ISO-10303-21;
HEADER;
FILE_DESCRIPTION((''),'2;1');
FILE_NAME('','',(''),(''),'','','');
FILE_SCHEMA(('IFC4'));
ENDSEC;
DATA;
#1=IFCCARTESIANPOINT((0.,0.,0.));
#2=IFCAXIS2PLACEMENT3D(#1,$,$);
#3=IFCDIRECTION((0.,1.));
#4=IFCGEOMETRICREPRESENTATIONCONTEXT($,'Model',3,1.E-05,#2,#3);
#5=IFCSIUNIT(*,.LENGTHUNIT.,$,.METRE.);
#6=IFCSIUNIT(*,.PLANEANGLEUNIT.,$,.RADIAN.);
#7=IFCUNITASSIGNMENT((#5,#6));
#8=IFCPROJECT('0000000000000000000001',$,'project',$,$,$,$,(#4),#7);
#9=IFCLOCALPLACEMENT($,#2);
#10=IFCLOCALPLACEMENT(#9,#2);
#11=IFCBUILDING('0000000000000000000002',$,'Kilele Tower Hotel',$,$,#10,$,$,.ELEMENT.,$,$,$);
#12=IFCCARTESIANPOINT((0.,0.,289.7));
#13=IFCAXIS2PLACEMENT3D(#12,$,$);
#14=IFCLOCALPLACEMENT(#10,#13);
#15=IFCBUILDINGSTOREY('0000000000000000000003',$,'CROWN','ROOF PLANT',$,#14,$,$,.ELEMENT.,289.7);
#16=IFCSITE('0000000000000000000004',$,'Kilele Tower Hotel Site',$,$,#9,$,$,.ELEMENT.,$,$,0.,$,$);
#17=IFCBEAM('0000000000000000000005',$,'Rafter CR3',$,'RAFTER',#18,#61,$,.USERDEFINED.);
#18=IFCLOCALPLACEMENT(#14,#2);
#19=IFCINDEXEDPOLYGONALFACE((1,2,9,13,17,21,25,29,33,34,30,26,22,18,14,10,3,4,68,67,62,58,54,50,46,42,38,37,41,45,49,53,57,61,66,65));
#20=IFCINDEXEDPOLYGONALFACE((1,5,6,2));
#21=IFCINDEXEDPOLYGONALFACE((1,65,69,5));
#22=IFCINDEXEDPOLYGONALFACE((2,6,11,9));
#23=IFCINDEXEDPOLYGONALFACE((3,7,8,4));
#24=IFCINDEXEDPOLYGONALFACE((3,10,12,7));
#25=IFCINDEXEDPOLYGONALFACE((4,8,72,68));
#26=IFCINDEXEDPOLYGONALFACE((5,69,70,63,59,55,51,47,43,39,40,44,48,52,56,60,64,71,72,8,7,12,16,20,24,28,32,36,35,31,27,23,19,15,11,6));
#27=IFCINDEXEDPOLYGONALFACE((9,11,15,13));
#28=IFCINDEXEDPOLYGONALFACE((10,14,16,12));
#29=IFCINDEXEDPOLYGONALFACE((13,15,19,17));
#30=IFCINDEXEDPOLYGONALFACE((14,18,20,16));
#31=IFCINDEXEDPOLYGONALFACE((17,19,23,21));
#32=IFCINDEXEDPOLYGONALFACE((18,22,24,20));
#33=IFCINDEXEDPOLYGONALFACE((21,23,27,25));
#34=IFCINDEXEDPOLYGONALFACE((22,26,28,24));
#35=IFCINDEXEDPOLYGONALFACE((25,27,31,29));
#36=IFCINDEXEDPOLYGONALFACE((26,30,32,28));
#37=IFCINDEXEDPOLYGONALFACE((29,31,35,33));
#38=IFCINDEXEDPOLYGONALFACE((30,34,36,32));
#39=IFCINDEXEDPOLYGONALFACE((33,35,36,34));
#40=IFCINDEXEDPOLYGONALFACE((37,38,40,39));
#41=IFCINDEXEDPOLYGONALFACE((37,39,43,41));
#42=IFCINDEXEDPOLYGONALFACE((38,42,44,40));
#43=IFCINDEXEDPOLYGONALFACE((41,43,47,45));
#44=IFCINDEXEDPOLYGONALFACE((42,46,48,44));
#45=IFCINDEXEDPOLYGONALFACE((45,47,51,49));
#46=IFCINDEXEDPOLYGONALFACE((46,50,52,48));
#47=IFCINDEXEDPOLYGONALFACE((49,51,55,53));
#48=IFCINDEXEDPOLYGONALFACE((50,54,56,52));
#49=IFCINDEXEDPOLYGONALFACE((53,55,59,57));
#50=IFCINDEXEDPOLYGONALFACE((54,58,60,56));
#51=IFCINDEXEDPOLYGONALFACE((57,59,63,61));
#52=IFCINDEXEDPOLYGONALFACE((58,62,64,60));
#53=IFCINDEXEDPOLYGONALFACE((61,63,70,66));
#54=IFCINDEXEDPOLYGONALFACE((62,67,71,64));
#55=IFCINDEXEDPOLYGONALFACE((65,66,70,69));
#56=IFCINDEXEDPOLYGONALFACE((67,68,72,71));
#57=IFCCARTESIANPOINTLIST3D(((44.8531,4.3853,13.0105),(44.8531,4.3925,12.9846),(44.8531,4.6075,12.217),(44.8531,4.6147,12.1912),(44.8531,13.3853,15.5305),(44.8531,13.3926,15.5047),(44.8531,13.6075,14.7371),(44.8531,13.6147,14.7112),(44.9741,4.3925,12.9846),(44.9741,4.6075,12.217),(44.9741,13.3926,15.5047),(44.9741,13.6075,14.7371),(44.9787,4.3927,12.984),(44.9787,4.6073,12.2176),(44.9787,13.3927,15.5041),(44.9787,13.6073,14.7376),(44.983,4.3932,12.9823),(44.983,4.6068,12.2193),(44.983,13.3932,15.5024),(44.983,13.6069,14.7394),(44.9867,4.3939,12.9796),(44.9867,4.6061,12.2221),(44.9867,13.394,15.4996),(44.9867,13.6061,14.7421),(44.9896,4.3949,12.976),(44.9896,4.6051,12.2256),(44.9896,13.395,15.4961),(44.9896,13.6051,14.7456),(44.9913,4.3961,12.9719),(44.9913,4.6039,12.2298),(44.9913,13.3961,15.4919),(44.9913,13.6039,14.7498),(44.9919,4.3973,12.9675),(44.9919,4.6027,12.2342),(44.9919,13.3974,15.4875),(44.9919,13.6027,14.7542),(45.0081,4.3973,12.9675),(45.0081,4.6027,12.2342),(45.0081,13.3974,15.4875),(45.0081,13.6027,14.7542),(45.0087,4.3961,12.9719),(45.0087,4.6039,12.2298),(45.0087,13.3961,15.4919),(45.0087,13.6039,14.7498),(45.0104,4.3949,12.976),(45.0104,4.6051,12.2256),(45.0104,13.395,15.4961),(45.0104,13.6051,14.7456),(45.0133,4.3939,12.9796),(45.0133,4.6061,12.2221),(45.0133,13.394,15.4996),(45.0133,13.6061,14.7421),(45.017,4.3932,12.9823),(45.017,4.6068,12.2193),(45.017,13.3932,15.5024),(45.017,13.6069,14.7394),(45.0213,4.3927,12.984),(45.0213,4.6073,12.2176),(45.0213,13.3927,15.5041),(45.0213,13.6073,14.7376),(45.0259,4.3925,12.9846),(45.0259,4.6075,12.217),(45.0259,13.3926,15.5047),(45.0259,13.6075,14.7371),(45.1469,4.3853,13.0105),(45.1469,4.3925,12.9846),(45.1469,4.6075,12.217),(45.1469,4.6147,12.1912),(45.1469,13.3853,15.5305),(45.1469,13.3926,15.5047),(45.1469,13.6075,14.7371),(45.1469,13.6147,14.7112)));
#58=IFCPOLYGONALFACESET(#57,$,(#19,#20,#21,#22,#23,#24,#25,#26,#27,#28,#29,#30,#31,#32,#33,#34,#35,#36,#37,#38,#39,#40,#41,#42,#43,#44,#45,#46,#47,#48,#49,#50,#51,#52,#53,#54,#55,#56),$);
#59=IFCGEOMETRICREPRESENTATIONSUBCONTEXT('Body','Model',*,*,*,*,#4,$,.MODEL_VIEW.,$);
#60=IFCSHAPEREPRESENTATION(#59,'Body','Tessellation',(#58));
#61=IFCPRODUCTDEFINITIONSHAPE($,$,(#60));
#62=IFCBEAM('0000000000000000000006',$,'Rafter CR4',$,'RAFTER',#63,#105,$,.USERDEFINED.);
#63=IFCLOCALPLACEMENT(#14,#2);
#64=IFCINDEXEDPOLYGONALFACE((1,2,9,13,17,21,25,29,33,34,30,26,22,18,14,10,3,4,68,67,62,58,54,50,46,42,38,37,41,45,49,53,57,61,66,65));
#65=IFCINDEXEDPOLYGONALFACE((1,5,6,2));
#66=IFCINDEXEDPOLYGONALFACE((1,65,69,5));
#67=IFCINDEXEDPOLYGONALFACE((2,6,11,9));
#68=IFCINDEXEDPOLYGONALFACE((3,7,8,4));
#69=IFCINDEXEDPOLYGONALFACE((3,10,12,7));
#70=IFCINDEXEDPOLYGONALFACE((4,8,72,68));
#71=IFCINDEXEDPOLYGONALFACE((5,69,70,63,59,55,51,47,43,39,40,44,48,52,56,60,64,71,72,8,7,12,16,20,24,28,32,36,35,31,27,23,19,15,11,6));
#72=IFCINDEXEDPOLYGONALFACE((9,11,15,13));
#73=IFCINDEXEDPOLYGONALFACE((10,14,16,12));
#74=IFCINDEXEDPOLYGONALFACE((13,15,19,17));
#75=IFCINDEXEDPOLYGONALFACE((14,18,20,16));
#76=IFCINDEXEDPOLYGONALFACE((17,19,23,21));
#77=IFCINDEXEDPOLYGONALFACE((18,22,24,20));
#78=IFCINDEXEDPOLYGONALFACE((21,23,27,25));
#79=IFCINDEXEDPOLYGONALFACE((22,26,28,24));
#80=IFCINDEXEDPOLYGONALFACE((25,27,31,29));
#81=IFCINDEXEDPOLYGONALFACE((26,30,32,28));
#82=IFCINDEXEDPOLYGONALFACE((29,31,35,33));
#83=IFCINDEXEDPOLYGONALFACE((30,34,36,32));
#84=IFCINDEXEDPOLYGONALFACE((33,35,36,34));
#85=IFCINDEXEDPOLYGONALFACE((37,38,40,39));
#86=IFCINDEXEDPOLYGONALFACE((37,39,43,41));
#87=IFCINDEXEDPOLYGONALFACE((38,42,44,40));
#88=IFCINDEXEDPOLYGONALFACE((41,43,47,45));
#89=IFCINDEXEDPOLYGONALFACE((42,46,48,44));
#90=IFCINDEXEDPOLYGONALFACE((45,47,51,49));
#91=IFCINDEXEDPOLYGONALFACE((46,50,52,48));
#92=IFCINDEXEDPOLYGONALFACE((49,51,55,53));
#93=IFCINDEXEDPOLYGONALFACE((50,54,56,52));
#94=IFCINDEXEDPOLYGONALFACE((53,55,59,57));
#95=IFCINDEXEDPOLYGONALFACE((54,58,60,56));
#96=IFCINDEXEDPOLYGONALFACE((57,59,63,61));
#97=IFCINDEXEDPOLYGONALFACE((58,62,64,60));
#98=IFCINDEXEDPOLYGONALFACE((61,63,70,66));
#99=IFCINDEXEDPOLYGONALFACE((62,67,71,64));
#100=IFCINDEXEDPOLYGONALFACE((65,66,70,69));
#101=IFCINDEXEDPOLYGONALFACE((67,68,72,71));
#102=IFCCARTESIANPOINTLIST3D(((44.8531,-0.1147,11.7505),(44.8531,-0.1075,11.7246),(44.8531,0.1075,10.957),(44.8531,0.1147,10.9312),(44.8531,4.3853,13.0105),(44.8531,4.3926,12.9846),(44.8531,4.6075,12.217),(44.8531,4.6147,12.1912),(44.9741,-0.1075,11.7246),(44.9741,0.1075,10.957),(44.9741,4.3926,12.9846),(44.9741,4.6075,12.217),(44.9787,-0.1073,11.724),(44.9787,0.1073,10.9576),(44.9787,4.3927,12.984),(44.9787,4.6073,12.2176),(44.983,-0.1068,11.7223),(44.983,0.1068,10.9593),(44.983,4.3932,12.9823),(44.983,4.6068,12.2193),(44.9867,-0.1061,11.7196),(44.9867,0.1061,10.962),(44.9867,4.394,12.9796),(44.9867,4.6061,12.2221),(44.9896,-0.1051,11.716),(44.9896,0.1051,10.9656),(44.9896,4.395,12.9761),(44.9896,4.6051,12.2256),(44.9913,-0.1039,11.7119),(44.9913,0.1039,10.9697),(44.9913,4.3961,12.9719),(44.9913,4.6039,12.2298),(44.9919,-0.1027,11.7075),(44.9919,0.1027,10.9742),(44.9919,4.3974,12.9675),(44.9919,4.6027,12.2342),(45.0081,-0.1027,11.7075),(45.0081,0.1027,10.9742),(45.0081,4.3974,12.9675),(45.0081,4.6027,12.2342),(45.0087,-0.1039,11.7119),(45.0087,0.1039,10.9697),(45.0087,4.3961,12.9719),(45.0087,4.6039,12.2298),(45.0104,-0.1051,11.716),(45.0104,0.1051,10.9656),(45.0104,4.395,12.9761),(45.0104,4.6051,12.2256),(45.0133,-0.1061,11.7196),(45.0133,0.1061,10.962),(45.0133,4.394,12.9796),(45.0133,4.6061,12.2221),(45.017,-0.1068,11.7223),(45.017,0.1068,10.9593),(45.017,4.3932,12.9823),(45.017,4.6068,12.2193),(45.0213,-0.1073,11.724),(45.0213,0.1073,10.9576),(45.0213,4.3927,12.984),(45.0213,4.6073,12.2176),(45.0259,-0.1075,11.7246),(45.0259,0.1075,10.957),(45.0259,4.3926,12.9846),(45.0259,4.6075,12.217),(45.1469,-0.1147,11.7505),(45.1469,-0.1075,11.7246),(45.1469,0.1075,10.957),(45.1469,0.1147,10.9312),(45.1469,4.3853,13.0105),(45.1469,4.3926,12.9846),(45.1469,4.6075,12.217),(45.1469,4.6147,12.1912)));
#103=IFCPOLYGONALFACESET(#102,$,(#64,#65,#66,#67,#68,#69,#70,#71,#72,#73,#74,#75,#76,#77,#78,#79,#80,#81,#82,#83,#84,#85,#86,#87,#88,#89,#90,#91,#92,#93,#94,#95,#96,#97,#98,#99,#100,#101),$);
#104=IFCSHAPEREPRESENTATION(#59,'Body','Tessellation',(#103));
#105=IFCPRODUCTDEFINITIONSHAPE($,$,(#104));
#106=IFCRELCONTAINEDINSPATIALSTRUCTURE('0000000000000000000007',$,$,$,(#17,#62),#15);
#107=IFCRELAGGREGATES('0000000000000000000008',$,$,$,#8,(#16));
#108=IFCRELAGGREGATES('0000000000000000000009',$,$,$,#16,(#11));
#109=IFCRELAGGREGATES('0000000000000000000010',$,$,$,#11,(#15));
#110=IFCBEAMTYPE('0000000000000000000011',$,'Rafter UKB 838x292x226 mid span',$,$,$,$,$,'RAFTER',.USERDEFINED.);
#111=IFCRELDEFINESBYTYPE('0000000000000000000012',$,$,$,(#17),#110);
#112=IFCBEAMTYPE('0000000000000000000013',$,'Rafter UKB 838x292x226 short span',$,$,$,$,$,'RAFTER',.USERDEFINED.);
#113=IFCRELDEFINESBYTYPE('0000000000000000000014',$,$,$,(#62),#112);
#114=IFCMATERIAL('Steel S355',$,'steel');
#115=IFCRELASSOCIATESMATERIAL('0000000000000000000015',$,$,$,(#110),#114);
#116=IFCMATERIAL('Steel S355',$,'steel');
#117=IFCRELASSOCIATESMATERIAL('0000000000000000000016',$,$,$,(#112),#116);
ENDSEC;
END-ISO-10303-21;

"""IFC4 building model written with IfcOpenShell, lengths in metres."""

from ifc_helpers import new_model, si_unit, direction, frame, origin, origin_2d, place, context, subcontext, project, spatial, i_section, extrude, material, material_profile, profile_set, type_object, element, save


model = new_model("IFC4")

# Units and contexts
model_context = context("Model", 3, precision=1e-05, world=origin(), true_north=direction((0.0, 1.0)))
body_context = subcontext(model_context, "Body", "Model", "MODEL_VIEW")
ifc_project = project(units=[si_unit("LENGTHUNIT", "METRE"), si_unit("PLANEANGLEUNIT", "RADIAN")], contexts=[model_context])

# Site, building, storey
site_placement = place(None, origin())
site = spatial("IfcSite", under=ifc_project, at=site_placement, Name="Kilele Tower Hotel Site", CompositionType="ELEMENT", RefElevation=0.0)
building_placement = place(site_placement, origin())
building = spatial("IfcBuilding", under=site, at=building_placement, Name="Kilele Tower Hotel", CompositionType="ELEMENT")
storey_placement = place(building_placement, frame((0.0, 0.0, 289.7)))
storey = spatial("IfcBuildingStorey", under=building, at=storey_placement, Name="CROWN", Description="ROOF PLANT", CompositionType="ELEMENT", Elevation=289.7)

# Beams
ifc_material_1 = material(Name="Steel S355", Category="steel")
ifc_material_profile_1 = material_profile(ifc_material_1, i_section(OverallWidth=0.2937, OverallDepth=0.8508, WebThickness=0.0161, FlangeThickness=0.0269, FilletRadius=0.0178, at=origin_2d()))
ifc_profile_set_1 = profile_set([ifc_material_profile_1], Name="Steel S355")
beam_type_1 = type_object("IfcBeamType", Name="Rafter UKB 838x292x226 mid span", ElementType="RAFTER", PredefinedType="USERDEFINED", material=ifc_profile_set_1)
beam_1_placement = place(storey_placement, frame((45.0, 4.5, 12.6008), z_axis=(0.0, 0.962963, 0.269632), x_axis=(-1.0, 0.0, 0.0)))
element("IfcBeam", 1, at=beam_1_placement, inside=storey, type_object=beam_type_1, Name="Rafter CR3", ObjectType="RAFTER", PredefinedType="USERDEFINED", context=body_context, shape_type="SweptSolid", body=[
    extrude(i_section(OverallWidth=0.2937, OverallDepth=0.8508, WebThickness=0.0161, FlangeThickness=0.0269, FilletRadius=0.0178, at=origin_2d()), origin(), (0.0, 0.0, 1.0), 9.3462),
])
ifc_material_2 = material(Name="Steel S355", Category="steel")
ifc_material_profile_2 = material_profile(ifc_material_2, i_section(OverallWidth=0.2937, OverallDepth=0.8508, WebThickness=0.0161, FlangeThickness=0.0269, FilletRadius=0.0178, at=origin_2d()))
ifc_profile_set_2 = profile_set([ifc_material_profile_2], Name="Steel S355")
beam_type_2 = type_object("IfcBeamType", Name="Rafter UKB 838x292x226 short span", ElementType="RAFTER", PredefinedType="USERDEFINED", material=ifc_profile_set_2)
beam_2_placement = place(storey_placement, frame((45.0, 0.0, 11.3408), z_axis=(0.0, 0.962963, 0.269632), x_axis=(-1.0, 0.0, 0.0)))
element("IfcBeam", 2, at=beam_2_placement, inside=storey, type_object=beam_type_2, Name="Rafter CR4", ObjectType="RAFTER", PredefinedType="USERDEFINED", context=body_context, shape_type="SweptSolid", body=[
    extrude(i_section(OverallWidth=0.2937, OverallDepth=0.8508, WebThickness=0.0161, FlangeThickness=0.0269, FilletRadius=0.0178, at=origin_2d()), origin(), (0.0, 0.0, 1.0), 4.6731),
])

save(model, "model.ifc")
